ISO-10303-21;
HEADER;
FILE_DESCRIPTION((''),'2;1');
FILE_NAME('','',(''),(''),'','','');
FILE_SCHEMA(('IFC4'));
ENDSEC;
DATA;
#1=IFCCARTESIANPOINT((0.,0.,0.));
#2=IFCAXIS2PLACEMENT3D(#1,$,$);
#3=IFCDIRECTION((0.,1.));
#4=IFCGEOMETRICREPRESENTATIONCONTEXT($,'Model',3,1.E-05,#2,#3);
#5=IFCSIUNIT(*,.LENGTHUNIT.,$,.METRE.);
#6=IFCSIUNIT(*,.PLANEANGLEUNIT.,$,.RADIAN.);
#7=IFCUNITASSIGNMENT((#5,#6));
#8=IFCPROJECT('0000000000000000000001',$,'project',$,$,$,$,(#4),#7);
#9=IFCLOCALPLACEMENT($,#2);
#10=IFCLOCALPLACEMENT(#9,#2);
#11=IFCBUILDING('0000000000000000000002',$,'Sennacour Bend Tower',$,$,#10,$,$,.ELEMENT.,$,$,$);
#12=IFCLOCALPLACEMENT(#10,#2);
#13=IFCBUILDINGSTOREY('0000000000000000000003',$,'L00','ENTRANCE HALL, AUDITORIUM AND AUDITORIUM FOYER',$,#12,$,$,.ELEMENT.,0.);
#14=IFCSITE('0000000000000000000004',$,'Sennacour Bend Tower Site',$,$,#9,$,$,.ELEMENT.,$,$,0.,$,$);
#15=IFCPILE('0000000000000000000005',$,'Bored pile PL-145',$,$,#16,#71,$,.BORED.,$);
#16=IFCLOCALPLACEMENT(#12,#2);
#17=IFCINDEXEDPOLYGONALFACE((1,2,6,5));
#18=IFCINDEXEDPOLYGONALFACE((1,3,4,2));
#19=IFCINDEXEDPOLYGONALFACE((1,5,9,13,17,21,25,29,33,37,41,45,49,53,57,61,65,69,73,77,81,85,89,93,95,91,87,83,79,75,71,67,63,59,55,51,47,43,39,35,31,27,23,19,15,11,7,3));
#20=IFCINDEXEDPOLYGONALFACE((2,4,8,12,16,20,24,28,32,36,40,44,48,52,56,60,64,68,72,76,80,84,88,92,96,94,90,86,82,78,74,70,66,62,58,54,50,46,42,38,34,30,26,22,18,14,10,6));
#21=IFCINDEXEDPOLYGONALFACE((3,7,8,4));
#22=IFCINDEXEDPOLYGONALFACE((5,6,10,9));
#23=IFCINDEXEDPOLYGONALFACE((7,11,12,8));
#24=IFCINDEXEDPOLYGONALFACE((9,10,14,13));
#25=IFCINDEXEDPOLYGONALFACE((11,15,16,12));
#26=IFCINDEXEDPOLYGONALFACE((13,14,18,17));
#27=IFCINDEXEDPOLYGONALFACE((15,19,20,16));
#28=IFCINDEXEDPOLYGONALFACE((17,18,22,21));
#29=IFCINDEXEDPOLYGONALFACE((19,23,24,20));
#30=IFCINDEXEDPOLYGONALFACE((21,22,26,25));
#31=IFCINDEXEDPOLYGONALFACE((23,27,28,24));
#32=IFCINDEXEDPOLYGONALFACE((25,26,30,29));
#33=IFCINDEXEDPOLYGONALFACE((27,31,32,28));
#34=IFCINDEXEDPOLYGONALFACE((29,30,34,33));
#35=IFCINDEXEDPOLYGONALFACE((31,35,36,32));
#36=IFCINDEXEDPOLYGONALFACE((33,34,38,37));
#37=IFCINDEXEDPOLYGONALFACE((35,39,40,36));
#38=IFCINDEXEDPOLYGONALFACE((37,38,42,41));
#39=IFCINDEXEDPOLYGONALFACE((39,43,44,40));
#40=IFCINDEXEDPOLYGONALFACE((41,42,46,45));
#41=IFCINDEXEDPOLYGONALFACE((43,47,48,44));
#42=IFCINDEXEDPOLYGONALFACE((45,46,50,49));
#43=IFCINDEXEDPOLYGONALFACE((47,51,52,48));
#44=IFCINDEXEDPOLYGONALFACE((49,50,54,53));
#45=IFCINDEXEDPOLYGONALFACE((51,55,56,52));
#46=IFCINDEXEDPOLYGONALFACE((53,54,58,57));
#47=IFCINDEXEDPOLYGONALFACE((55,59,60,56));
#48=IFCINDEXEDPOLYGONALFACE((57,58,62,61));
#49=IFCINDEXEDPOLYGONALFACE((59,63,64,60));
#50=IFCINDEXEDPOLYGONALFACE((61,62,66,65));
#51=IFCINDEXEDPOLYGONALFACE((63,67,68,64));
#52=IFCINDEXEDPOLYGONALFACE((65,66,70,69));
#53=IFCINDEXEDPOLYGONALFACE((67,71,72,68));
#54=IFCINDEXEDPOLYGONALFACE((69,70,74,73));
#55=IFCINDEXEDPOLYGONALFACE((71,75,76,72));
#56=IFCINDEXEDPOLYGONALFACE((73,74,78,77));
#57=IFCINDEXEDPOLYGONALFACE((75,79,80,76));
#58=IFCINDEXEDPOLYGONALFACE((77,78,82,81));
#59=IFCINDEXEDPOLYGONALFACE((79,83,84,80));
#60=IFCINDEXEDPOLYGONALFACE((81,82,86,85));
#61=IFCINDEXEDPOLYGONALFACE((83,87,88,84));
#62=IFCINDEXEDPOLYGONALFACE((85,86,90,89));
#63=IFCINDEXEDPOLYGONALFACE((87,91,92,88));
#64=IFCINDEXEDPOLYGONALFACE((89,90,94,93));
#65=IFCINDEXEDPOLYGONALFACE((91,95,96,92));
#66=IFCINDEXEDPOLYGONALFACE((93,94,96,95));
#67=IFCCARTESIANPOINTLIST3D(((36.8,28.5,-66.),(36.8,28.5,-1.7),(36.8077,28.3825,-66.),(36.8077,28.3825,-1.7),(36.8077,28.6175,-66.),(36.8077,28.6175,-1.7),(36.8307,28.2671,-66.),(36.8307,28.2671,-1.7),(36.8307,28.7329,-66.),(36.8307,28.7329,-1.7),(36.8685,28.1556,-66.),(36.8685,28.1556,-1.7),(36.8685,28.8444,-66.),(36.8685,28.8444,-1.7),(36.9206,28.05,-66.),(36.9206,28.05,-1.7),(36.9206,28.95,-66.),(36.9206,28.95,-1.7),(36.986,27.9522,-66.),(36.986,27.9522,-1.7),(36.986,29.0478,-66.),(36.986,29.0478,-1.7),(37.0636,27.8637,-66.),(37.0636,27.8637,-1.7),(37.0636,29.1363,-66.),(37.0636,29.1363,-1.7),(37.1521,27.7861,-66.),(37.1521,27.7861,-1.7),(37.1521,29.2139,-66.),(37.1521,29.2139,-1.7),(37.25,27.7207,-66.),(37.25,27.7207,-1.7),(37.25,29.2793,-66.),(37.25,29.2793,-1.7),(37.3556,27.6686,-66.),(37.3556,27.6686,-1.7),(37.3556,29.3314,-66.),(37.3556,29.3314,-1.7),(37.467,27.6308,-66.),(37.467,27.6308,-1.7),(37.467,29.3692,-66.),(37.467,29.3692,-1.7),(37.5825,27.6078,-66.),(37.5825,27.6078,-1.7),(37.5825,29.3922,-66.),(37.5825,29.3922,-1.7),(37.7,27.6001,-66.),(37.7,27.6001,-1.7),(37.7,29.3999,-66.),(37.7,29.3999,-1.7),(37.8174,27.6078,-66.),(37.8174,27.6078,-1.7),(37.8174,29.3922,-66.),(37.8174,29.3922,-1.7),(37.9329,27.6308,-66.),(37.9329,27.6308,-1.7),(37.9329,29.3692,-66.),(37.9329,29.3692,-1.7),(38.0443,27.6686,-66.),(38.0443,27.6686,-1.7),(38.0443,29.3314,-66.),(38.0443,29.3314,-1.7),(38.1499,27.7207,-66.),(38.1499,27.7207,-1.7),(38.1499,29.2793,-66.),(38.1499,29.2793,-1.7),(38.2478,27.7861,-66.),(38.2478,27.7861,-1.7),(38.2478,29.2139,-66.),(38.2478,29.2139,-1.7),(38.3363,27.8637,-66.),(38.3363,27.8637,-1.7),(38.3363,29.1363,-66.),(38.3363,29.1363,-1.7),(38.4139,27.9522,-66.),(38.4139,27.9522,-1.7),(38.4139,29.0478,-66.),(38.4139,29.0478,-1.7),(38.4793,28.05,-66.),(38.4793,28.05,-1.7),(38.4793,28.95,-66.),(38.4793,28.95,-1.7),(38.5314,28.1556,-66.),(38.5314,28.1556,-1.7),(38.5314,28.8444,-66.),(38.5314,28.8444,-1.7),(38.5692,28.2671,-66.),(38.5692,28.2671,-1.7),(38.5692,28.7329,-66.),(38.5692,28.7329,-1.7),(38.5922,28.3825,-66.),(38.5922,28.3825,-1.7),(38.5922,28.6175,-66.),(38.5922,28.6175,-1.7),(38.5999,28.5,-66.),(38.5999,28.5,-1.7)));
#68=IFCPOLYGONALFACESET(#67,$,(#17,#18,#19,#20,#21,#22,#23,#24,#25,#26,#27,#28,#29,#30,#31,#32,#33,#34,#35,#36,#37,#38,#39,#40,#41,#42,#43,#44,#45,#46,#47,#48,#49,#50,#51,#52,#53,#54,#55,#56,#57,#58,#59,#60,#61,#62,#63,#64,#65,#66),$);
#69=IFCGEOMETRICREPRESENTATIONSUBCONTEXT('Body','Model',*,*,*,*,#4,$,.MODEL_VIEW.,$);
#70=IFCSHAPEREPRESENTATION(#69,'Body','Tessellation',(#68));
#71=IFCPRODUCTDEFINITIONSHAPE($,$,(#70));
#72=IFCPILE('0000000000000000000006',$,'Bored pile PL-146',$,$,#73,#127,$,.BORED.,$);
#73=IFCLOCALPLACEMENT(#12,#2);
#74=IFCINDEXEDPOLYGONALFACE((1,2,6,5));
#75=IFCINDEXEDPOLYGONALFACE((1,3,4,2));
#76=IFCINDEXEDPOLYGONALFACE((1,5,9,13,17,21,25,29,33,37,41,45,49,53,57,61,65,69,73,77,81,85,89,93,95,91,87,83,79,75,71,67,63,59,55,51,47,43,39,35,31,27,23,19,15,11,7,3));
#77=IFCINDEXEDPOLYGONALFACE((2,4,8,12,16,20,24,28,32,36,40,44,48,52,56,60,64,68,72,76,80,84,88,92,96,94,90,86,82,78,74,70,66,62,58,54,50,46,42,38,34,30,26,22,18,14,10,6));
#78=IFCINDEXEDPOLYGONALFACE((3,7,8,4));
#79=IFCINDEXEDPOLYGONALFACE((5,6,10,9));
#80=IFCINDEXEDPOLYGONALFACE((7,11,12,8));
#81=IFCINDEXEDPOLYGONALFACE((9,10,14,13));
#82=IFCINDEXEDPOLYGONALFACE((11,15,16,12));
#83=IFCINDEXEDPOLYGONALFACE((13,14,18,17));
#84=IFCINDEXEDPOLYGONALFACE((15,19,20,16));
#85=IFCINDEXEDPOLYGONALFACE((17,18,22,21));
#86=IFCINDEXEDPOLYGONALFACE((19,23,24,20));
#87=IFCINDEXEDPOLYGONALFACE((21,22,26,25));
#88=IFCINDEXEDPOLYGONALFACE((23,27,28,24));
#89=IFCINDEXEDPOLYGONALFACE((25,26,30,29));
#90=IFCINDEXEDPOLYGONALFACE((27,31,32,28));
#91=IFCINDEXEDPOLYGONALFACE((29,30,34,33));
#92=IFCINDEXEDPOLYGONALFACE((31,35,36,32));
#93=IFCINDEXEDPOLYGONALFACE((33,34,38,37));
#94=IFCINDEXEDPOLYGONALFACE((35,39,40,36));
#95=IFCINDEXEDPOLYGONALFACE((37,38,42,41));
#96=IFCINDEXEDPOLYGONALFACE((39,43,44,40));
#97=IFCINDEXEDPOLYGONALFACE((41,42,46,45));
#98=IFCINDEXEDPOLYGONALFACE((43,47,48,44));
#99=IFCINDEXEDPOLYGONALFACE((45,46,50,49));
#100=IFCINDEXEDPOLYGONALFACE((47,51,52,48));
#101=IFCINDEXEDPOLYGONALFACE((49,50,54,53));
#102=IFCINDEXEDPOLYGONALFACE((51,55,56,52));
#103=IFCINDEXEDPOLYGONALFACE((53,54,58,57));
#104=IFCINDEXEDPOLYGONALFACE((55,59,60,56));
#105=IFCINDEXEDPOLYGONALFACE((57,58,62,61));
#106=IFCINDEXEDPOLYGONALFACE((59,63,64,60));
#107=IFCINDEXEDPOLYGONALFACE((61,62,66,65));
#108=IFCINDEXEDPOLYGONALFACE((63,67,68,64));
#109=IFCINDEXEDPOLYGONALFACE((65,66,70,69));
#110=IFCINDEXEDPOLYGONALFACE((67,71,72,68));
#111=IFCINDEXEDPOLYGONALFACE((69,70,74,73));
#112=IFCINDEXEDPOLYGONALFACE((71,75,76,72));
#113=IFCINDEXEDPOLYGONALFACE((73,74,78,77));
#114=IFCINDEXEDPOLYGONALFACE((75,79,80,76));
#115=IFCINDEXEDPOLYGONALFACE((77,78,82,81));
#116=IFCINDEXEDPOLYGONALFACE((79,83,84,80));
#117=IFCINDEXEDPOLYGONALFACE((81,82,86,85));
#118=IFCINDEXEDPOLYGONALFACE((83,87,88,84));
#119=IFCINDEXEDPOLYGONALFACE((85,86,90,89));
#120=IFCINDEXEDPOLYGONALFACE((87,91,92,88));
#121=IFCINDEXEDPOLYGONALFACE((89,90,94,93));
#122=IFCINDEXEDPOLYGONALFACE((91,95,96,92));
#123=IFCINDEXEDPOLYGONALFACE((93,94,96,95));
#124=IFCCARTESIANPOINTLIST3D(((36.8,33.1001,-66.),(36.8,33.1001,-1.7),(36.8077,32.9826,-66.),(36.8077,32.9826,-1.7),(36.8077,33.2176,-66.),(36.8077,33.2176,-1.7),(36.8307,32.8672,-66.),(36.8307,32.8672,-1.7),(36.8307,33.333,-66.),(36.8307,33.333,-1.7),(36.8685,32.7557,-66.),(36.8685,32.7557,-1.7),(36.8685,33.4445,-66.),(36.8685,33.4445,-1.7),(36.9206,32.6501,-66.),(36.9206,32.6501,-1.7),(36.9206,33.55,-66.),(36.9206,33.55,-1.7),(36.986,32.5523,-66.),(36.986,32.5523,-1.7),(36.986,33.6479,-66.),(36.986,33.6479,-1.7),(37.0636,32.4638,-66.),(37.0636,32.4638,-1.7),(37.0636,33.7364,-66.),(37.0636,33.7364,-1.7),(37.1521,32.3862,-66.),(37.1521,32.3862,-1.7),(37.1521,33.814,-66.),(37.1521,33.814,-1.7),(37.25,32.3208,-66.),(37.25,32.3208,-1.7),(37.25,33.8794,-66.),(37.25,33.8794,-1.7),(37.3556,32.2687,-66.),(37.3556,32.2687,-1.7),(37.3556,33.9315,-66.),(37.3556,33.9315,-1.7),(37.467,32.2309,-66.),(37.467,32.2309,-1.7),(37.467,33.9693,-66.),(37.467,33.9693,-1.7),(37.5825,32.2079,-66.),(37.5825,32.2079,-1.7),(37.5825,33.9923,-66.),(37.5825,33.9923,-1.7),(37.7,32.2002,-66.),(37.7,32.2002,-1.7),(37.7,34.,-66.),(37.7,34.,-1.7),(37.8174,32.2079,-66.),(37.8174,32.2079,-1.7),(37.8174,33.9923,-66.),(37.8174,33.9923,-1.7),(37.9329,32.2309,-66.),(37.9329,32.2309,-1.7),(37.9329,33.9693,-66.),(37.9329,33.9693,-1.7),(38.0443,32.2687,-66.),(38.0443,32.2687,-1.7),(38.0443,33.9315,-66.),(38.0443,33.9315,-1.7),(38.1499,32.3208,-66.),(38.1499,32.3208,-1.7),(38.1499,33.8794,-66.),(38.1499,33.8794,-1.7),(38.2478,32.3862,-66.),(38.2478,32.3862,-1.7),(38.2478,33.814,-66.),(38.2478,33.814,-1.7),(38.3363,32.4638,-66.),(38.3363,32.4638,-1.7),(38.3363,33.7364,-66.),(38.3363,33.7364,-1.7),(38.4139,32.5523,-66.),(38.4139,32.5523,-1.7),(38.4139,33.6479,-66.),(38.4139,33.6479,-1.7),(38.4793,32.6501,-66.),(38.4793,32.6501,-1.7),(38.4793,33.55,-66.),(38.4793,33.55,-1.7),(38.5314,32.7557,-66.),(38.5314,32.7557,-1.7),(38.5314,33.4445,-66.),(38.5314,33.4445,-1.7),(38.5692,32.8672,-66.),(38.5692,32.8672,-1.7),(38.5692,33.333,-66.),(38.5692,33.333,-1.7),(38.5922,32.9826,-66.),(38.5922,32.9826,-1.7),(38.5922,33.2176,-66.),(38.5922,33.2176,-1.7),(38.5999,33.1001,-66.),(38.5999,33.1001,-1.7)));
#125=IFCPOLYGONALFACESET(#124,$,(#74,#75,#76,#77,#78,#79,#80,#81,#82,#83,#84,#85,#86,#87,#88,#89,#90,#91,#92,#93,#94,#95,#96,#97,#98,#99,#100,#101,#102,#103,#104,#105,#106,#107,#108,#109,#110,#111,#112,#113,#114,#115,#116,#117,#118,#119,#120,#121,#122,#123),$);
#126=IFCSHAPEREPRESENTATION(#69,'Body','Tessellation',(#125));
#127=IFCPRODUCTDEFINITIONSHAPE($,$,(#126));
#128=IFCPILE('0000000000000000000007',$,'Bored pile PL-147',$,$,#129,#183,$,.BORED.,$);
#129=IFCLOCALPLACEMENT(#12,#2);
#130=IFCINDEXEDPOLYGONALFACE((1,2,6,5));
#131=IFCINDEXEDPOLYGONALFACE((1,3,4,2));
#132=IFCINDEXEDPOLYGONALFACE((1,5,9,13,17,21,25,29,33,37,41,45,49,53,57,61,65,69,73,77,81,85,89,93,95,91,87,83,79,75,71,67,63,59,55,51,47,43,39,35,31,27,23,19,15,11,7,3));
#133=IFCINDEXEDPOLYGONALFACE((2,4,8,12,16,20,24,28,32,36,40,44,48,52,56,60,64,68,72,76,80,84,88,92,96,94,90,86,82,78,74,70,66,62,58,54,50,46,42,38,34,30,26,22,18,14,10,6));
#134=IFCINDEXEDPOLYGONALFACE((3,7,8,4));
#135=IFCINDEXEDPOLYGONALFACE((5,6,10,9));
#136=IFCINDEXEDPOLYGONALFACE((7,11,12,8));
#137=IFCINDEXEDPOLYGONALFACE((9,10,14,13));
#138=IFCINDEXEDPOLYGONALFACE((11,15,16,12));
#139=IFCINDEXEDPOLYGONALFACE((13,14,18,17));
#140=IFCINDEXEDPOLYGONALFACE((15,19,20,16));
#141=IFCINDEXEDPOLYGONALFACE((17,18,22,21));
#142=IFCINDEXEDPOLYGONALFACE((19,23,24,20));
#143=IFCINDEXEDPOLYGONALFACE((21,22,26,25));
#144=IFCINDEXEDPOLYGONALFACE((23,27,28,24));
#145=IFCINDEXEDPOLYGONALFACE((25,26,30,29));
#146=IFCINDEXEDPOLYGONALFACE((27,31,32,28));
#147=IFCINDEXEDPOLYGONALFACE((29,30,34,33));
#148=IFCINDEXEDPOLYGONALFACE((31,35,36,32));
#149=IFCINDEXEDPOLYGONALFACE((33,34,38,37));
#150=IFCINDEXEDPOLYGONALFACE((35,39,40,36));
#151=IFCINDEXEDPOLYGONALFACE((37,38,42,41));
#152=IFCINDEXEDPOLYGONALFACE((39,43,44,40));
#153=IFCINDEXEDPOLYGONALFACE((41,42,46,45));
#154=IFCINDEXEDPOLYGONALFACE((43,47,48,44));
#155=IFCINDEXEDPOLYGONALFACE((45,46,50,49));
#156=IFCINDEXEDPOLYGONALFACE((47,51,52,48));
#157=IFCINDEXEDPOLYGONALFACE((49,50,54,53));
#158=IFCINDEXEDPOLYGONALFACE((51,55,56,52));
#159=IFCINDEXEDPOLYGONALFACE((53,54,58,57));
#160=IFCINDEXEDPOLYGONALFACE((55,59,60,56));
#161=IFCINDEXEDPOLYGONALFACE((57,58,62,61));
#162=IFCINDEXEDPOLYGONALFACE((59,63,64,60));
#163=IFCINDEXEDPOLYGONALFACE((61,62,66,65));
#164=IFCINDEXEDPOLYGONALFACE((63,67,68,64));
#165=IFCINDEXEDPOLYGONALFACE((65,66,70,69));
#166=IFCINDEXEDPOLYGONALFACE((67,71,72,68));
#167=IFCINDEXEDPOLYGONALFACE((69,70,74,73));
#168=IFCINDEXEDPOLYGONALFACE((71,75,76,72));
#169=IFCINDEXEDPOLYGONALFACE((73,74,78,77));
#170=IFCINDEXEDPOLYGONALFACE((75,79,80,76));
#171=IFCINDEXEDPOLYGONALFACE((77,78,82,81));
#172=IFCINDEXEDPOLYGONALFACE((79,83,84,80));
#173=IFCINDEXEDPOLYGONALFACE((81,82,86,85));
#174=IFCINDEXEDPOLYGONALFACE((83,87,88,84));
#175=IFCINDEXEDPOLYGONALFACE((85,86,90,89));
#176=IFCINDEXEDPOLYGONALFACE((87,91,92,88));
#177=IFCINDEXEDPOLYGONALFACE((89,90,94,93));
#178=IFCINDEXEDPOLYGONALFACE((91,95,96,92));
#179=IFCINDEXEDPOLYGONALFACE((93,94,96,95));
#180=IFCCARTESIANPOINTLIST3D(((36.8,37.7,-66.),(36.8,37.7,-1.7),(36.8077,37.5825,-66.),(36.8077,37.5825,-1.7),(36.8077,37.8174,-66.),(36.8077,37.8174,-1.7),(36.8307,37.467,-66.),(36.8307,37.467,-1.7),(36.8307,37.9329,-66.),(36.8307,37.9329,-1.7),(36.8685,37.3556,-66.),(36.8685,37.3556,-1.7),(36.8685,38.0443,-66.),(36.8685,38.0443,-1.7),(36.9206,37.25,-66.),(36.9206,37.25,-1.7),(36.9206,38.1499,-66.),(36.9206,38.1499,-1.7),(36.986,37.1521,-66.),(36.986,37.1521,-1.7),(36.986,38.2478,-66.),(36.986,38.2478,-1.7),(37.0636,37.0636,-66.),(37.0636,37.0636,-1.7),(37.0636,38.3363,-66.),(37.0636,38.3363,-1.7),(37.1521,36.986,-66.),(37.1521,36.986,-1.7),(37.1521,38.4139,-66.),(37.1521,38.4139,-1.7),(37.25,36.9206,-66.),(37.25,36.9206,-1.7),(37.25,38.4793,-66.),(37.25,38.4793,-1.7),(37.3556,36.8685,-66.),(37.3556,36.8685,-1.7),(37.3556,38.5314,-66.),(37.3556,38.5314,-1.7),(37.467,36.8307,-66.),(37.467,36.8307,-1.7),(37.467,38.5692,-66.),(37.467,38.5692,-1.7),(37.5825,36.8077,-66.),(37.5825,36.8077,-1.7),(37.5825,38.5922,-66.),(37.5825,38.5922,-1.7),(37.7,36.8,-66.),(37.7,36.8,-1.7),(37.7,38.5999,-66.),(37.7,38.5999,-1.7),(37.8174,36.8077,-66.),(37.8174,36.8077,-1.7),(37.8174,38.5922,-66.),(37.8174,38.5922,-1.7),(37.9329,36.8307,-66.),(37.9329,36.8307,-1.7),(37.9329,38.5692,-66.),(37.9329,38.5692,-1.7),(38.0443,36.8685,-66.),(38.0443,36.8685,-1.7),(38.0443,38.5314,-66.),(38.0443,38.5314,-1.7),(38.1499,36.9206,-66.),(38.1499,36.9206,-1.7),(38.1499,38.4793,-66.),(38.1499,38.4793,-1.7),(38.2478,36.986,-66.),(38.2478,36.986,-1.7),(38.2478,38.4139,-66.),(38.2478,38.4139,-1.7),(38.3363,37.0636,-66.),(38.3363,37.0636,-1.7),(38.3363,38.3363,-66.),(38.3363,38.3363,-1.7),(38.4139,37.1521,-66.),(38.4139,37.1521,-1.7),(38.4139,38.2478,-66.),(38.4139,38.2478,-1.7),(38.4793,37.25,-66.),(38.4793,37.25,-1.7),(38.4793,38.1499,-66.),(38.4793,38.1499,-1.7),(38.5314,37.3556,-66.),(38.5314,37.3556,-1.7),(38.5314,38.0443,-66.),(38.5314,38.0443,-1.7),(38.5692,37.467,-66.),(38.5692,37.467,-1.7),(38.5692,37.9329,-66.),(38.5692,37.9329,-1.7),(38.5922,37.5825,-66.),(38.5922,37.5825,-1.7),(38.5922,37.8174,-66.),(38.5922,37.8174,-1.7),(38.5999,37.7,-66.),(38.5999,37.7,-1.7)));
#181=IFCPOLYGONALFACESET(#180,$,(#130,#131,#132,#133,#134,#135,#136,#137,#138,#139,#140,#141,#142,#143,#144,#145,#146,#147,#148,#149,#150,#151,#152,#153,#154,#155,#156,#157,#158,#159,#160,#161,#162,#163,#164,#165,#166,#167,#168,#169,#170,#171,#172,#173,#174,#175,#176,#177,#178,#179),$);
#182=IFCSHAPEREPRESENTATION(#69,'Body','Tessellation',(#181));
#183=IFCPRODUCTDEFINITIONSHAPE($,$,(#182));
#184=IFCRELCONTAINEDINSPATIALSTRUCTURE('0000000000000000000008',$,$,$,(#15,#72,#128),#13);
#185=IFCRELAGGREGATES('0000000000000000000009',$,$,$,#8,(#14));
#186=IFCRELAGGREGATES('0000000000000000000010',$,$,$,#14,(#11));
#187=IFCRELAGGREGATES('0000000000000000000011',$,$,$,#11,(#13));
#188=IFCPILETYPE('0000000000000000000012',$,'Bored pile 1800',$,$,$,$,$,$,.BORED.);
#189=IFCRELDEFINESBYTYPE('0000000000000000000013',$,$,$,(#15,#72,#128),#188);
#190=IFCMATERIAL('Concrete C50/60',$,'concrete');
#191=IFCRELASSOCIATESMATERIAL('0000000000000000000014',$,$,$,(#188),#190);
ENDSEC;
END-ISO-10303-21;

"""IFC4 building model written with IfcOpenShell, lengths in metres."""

from ifc_helpers import new_model, si_unit, direction, frame, origin, origin_2d, place, context, subcontext, project, spatial, circle, extrude, material, material_profile, profile_set, type_object, element, save


model = new_model("IFC4")

# Units and contexts
model_context = context("Model", 3, precision=1e-05, world=origin(), true_north=direction((0.0, 1.0)))
body_context = subcontext(model_context, "Body", "Model", "MODEL_VIEW")
ifc_project = project(units=[si_unit("LENGTHUNIT", "METRE"), si_unit("PLANEANGLEUNIT", "RADIAN")], contexts=[model_context])

# Site, building, storey
site_placement = place(None, origin())
site = spatial("IfcSite", under=ifc_project, at=site_placement, Name="Sennacour Bend Tower Site", CompositionType="ELEMENT", RefElevation=0.0)
building_placement = place(site_placement, origin())
building = spatial("IfcBuilding", under=site, at=building_placement, Name="Sennacour Bend Tower", CompositionType="ELEMENT")
storey_placement = place(building_placement, origin())
storey = spatial("IfcBuildingStorey", under=building, at=storey_placement, Name="L00", Description="ENTRANCE HALL, AUDITORIUM AND AUDITORIUM FOYER", CompositionType="ELEMENT", Elevation=0.0)

# Piles
ifc_material_1 = material(Name="Concrete C50/60", Category="concrete")
ifc_material_profile_1 = material_profile(ifc_material_1, circle(Radius=0.8999, at=origin_2d()), Name="Concrete C50/60", Category="concrete")
ifc_profile_set_1 = profile_set([ifc_material_profile_1], Name="Concrete C50/60")
pile_type = type_object("IfcPileType", Name="Bored pile 1800", PredefinedType="BORED", material=ifc_profile_set_1)
for number, where, z_axis, x_axis, name in (
    (1, (37.7, 28.5, -1.7), (0.0, 0.0, -1.0), (1.0, 0.0, 0.0), "Bored pile PL-145"),
    (2, (37.7, 33.1001, -1.7), (0.0, 0.0, -1.0), (1.0, 0.0, 0.0), "Bored pile PL-146"),
    (3, (37.7, 37.7, -1.7), (0.0, 0.0, -1.0), (1.0, 0.0, 0.0), "Bored pile PL-147"),
):
    element("IfcPile", number, at=place(storey_placement, frame(where, z_axis=z_axis, x_axis=x_axis)), inside=storey, type_object=pile_type, Name=name, PredefinedType="BORED", context=body_context, shape_type="SweptSolid", body=[
        extrude(circle(Radius=0.8999, at=origin_2d()), origin(), (0.0, 0.0, 1.0), 64.3),
    ])

save(model, "model.ifc")
